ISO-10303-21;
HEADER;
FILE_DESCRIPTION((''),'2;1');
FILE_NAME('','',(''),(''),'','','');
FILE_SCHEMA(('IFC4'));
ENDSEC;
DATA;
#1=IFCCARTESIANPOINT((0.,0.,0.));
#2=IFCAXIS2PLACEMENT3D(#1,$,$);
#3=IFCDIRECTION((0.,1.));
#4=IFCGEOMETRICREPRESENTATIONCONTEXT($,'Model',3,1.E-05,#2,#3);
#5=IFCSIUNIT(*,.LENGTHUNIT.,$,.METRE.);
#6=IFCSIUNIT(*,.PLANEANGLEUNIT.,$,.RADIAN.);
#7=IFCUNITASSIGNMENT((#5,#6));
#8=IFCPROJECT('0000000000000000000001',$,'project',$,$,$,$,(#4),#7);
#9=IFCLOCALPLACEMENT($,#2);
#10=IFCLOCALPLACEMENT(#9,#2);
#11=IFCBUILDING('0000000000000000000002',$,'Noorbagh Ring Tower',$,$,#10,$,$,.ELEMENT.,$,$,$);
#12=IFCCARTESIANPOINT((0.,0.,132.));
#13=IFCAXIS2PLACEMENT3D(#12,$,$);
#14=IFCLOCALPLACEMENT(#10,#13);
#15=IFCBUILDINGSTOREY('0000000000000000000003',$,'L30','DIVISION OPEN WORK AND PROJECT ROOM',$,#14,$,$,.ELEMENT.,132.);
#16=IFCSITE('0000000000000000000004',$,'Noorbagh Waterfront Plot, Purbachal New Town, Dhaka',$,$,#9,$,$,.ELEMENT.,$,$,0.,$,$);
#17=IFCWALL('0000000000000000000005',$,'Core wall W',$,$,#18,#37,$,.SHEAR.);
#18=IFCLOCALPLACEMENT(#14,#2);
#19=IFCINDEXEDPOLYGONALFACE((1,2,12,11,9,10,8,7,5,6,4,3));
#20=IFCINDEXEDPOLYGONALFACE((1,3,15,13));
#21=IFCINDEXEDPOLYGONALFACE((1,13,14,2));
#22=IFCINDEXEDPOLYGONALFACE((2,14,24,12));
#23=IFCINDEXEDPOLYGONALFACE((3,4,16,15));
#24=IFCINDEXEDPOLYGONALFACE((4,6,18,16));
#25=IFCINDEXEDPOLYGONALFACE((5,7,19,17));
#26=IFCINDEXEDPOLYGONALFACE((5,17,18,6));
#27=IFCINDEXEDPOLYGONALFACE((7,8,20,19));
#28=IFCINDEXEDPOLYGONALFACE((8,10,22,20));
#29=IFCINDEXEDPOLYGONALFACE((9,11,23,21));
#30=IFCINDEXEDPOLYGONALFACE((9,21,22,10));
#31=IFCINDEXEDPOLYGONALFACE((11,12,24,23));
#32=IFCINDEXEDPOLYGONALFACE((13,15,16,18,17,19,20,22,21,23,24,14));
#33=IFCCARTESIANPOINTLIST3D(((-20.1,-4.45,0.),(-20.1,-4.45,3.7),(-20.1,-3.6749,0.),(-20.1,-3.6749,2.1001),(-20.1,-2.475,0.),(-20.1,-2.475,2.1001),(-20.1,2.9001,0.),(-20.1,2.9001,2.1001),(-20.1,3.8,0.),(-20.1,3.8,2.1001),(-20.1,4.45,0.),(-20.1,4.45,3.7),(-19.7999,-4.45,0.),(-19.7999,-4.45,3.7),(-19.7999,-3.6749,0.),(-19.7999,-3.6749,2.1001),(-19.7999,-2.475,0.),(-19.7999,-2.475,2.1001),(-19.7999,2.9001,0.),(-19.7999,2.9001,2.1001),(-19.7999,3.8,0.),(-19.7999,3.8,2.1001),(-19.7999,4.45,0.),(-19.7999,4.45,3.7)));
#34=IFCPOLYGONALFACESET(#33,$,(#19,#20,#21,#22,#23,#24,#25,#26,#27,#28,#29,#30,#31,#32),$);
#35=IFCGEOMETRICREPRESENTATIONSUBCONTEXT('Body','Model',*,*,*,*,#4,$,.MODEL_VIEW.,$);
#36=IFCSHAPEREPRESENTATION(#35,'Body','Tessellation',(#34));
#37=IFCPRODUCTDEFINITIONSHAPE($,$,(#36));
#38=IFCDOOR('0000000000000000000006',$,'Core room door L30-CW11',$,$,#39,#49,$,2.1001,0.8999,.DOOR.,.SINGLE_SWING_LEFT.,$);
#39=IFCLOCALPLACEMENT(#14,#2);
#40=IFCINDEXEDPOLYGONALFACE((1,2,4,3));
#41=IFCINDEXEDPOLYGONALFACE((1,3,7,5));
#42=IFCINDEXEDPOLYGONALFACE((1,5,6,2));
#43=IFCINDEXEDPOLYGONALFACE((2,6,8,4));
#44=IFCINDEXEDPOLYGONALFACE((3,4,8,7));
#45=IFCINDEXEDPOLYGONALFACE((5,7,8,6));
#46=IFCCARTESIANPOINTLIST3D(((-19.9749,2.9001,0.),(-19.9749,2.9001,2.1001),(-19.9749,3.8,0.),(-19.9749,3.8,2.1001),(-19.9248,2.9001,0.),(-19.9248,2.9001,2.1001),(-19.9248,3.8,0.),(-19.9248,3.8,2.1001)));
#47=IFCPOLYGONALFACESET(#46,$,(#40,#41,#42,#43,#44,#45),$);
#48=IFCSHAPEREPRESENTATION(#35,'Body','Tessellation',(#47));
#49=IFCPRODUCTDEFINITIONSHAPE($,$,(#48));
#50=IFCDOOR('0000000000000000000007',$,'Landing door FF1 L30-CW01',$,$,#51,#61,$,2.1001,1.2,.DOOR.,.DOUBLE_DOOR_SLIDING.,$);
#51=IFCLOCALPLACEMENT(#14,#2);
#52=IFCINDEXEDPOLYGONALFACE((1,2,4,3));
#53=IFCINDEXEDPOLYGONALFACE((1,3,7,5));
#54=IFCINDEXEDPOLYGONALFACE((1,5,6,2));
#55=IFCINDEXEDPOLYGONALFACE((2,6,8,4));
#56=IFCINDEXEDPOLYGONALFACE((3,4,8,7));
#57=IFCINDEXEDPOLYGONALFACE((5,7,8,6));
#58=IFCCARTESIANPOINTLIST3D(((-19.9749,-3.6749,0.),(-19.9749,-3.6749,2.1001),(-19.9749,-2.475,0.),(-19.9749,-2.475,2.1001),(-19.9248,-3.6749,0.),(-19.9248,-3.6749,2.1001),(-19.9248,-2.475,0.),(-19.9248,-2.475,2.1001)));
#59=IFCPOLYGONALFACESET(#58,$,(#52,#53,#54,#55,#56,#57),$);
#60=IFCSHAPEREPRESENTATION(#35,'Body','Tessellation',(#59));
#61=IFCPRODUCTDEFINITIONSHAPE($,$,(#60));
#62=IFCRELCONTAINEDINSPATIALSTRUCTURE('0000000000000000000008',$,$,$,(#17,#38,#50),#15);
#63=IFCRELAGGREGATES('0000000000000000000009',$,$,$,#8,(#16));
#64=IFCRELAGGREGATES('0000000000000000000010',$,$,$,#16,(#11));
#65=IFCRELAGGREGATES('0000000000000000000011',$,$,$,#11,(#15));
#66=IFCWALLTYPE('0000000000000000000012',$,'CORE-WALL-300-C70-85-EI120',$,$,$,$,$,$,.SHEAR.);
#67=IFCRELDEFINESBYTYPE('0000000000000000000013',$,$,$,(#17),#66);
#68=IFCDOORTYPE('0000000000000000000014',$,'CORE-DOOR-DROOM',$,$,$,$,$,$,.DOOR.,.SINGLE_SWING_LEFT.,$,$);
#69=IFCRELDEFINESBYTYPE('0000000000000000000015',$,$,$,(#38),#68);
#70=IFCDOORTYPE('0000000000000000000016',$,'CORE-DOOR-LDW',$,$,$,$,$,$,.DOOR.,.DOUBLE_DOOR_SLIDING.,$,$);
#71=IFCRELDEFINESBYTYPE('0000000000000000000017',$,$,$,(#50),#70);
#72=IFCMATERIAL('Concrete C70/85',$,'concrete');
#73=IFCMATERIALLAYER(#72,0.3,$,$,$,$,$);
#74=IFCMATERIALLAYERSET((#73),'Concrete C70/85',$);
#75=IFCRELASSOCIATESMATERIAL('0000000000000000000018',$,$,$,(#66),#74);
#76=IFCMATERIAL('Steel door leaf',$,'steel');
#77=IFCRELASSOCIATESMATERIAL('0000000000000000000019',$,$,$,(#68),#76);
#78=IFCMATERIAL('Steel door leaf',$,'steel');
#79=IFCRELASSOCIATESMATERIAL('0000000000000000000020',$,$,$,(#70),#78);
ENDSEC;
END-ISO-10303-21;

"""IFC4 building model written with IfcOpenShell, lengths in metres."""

from ifc_helpers import new_model, si_unit, direction, frame, frame_2d, origin, place, context, subcontext, project, spatial, rectangle, extrude, material, layer, layer_set, type_object, element, fill, save


model = new_model("IFC4")

# Units and contexts
model_context = context("Model", 3, precision=1e-05, world=origin(), true_north=direction((0.0, 1.0)))
body_context = subcontext(model_context, "Body", "Model", "MODEL_VIEW")
ifc_project = project(units=[si_unit("LENGTHUNIT", "METRE"), si_unit("PLANEANGLEUNIT", "RADIAN")], contexts=[model_context])

# Site, building, storey
site_placement = place(None, origin())
site = spatial("IfcSite", under=ifc_project, at=site_placement, Name="Noorbagh Waterfront Plot, Purbachal New Town, Dhaka", CompositionType="ELEMENT", RefElevation=0.0)
building_placement = place(site_placement, origin())
building = spatial("IfcBuilding", under=site, at=building_placement, Name="Noorbagh Ring Tower", CompositionType="ELEMENT")
storey_placement = place(building_placement, frame((0.0, 0.0, 132.0)))
storey = spatial("IfcBuildingStorey", under=building, at=storey_placement, Name="L30", Description="DIVISION OPEN WORK AND PROJECT ROOM", CompositionType="ELEMENT", Elevation=132.0)

# Shared definitions
ifc_material_1 = material(Name="Concrete C70/85", Category="concrete")
ifc_layer_1 = layer(ifc_material_1, 0.3)
ifc_layer_set_1 = layer_set([ifc_layer_1], Name="Concrete C70/85")
wall_type_1 = type_object("IfcWallType", Name="CORE-WALL-300-C70-85-EI120", PredefinedType="SHEAR", material=ifc_layer_set_1)

# Wall, openings, doors
wall_1_placement = place(storey_placement, frame((-19.95, -4.45, 0.0), z_axis=(0.0, 0.0, 1.0), x_axis=(0.0, 1.0, 0.0)))
wall_1 = element("IfcWall", 1, at=wall_1_placement, inside=storey, type_object=wall_type_1, Name="Core wall W", PredefinedType="SHEAR", context=body_context, shape_type="SweptSolid", body=[
    extrude(rectangle(XDim=8.8999, YDim=0.3, at=frame_2d((4.45, 0.0))), origin(), (0.0, 0.0, 1.0), 3.7),
])
opening_1_placement = place(wall_1_placement, frame((0.7749, 0.0, 0.0)))
opening_1 = element("IfcOpeningElement", 2, at=opening_1_placement, cuts=wall_1, PredefinedType="OPENING", context=body_context, shape_type="SweptSolid", body=[
    extrude(rectangle(XDim=1.2, YDim=2.1001, at=frame_2d((0.6001, 1.05))), frame((0.0, 0.1602, 0.0), z_axis=(0.0, -1.0, 0.0), x_axis=(1.0, 0.0, 0.0)), (0.0, 0.0, 1.0), 0.3201),
])
opening_2_placement = place(wall_1_placement, frame((7.3501, 0.0, 0.0)))
opening_2 = element("IfcOpeningElement", 3, at=opening_2_placement, cuts=wall_1, PredefinedType="OPENING", context=body_context, shape_type="SweptSolid", body=[
    extrude(rectangle(XDim=0.8999, YDim=2.1001, at=frame_2d((0.45, 1.05))), frame((0.0, 0.1602, 0.0), z_axis=(0.0, -1.0, 0.0), x_axis=(1.0, 0.0, 0.0)), (0.0, 0.0, 1.0), 0.3201),
])
ifc_material_2 = material(Name="Steel door leaf", Category="steel")
door_type_1 = type_object("IfcDoorType", Name="CORE-DOOR-DROOM", OperationType="SINGLE_SWING_LEFT", PredefinedType="DOOR", material=ifc_material_2)
door_1_placement = place(opening_2_placement, origin())
door_1 = element("IfcDoor", 4, at=door_1_placement, inside=storey, type_object=door_type_1, Name="Core room door L30-CW11", OperationType="SINGLE_SWING_LEFT", OverallHeight=2.1001, OverallWidth=0.8999, PredefinedType="DOOR", context=body_context, shape_type="SweptSolid", body=[
    extrude(rectangle(XDim=0.8999, YDim=2.1001, at=frame_2d((0.45, 1.05))), frame((0.0, 0.0249, 0.0), z_axis=(0.0, -1.0, 0.0), x_axis=(1.0, 0.0, 0.0)), (0.0, 0.0, 1.0), 0.05),
])
fill(opening_2, door_1)
ifc_material_3 = material(Name="Steel door leaf", Category="steel")
door_type_2 = type_object("IfcDoorType", Name="CORE-DOOR-LDW", OperationType="DOUBLE_DOOR_SLIDING", PredefinedType="DOOR", material=ifc_material_3)
door_2_placement = place(opening_1_placement, origin())
door_2 = element("IfcDoor", 5, at=door_2_placement, inside=storey, type_object=door_type_2, Name="Landing door FF1 L30-CW01", OperationType="DOUBLE_DOOR_SLIDING", OverallHeight=2.1001, OverallWidth=1.2, PredefinedType="DOOR", context=body_context, shape_type="SweptSolid", body=[
    extrude(rectangle(XDim=1.2, YDim=2.1001, at=frame_2d((0.6001, 1.05))), frame((0.0, 0.0249, 0.0), z_axis=(0.0, -1.0, 0.0), x_axis=(1.0, 0.0, 0.0)), (0.0, 0.0, 1.0), 0.05),
])
fill(opening_1, door_2)

save(model, "model.ifc")
